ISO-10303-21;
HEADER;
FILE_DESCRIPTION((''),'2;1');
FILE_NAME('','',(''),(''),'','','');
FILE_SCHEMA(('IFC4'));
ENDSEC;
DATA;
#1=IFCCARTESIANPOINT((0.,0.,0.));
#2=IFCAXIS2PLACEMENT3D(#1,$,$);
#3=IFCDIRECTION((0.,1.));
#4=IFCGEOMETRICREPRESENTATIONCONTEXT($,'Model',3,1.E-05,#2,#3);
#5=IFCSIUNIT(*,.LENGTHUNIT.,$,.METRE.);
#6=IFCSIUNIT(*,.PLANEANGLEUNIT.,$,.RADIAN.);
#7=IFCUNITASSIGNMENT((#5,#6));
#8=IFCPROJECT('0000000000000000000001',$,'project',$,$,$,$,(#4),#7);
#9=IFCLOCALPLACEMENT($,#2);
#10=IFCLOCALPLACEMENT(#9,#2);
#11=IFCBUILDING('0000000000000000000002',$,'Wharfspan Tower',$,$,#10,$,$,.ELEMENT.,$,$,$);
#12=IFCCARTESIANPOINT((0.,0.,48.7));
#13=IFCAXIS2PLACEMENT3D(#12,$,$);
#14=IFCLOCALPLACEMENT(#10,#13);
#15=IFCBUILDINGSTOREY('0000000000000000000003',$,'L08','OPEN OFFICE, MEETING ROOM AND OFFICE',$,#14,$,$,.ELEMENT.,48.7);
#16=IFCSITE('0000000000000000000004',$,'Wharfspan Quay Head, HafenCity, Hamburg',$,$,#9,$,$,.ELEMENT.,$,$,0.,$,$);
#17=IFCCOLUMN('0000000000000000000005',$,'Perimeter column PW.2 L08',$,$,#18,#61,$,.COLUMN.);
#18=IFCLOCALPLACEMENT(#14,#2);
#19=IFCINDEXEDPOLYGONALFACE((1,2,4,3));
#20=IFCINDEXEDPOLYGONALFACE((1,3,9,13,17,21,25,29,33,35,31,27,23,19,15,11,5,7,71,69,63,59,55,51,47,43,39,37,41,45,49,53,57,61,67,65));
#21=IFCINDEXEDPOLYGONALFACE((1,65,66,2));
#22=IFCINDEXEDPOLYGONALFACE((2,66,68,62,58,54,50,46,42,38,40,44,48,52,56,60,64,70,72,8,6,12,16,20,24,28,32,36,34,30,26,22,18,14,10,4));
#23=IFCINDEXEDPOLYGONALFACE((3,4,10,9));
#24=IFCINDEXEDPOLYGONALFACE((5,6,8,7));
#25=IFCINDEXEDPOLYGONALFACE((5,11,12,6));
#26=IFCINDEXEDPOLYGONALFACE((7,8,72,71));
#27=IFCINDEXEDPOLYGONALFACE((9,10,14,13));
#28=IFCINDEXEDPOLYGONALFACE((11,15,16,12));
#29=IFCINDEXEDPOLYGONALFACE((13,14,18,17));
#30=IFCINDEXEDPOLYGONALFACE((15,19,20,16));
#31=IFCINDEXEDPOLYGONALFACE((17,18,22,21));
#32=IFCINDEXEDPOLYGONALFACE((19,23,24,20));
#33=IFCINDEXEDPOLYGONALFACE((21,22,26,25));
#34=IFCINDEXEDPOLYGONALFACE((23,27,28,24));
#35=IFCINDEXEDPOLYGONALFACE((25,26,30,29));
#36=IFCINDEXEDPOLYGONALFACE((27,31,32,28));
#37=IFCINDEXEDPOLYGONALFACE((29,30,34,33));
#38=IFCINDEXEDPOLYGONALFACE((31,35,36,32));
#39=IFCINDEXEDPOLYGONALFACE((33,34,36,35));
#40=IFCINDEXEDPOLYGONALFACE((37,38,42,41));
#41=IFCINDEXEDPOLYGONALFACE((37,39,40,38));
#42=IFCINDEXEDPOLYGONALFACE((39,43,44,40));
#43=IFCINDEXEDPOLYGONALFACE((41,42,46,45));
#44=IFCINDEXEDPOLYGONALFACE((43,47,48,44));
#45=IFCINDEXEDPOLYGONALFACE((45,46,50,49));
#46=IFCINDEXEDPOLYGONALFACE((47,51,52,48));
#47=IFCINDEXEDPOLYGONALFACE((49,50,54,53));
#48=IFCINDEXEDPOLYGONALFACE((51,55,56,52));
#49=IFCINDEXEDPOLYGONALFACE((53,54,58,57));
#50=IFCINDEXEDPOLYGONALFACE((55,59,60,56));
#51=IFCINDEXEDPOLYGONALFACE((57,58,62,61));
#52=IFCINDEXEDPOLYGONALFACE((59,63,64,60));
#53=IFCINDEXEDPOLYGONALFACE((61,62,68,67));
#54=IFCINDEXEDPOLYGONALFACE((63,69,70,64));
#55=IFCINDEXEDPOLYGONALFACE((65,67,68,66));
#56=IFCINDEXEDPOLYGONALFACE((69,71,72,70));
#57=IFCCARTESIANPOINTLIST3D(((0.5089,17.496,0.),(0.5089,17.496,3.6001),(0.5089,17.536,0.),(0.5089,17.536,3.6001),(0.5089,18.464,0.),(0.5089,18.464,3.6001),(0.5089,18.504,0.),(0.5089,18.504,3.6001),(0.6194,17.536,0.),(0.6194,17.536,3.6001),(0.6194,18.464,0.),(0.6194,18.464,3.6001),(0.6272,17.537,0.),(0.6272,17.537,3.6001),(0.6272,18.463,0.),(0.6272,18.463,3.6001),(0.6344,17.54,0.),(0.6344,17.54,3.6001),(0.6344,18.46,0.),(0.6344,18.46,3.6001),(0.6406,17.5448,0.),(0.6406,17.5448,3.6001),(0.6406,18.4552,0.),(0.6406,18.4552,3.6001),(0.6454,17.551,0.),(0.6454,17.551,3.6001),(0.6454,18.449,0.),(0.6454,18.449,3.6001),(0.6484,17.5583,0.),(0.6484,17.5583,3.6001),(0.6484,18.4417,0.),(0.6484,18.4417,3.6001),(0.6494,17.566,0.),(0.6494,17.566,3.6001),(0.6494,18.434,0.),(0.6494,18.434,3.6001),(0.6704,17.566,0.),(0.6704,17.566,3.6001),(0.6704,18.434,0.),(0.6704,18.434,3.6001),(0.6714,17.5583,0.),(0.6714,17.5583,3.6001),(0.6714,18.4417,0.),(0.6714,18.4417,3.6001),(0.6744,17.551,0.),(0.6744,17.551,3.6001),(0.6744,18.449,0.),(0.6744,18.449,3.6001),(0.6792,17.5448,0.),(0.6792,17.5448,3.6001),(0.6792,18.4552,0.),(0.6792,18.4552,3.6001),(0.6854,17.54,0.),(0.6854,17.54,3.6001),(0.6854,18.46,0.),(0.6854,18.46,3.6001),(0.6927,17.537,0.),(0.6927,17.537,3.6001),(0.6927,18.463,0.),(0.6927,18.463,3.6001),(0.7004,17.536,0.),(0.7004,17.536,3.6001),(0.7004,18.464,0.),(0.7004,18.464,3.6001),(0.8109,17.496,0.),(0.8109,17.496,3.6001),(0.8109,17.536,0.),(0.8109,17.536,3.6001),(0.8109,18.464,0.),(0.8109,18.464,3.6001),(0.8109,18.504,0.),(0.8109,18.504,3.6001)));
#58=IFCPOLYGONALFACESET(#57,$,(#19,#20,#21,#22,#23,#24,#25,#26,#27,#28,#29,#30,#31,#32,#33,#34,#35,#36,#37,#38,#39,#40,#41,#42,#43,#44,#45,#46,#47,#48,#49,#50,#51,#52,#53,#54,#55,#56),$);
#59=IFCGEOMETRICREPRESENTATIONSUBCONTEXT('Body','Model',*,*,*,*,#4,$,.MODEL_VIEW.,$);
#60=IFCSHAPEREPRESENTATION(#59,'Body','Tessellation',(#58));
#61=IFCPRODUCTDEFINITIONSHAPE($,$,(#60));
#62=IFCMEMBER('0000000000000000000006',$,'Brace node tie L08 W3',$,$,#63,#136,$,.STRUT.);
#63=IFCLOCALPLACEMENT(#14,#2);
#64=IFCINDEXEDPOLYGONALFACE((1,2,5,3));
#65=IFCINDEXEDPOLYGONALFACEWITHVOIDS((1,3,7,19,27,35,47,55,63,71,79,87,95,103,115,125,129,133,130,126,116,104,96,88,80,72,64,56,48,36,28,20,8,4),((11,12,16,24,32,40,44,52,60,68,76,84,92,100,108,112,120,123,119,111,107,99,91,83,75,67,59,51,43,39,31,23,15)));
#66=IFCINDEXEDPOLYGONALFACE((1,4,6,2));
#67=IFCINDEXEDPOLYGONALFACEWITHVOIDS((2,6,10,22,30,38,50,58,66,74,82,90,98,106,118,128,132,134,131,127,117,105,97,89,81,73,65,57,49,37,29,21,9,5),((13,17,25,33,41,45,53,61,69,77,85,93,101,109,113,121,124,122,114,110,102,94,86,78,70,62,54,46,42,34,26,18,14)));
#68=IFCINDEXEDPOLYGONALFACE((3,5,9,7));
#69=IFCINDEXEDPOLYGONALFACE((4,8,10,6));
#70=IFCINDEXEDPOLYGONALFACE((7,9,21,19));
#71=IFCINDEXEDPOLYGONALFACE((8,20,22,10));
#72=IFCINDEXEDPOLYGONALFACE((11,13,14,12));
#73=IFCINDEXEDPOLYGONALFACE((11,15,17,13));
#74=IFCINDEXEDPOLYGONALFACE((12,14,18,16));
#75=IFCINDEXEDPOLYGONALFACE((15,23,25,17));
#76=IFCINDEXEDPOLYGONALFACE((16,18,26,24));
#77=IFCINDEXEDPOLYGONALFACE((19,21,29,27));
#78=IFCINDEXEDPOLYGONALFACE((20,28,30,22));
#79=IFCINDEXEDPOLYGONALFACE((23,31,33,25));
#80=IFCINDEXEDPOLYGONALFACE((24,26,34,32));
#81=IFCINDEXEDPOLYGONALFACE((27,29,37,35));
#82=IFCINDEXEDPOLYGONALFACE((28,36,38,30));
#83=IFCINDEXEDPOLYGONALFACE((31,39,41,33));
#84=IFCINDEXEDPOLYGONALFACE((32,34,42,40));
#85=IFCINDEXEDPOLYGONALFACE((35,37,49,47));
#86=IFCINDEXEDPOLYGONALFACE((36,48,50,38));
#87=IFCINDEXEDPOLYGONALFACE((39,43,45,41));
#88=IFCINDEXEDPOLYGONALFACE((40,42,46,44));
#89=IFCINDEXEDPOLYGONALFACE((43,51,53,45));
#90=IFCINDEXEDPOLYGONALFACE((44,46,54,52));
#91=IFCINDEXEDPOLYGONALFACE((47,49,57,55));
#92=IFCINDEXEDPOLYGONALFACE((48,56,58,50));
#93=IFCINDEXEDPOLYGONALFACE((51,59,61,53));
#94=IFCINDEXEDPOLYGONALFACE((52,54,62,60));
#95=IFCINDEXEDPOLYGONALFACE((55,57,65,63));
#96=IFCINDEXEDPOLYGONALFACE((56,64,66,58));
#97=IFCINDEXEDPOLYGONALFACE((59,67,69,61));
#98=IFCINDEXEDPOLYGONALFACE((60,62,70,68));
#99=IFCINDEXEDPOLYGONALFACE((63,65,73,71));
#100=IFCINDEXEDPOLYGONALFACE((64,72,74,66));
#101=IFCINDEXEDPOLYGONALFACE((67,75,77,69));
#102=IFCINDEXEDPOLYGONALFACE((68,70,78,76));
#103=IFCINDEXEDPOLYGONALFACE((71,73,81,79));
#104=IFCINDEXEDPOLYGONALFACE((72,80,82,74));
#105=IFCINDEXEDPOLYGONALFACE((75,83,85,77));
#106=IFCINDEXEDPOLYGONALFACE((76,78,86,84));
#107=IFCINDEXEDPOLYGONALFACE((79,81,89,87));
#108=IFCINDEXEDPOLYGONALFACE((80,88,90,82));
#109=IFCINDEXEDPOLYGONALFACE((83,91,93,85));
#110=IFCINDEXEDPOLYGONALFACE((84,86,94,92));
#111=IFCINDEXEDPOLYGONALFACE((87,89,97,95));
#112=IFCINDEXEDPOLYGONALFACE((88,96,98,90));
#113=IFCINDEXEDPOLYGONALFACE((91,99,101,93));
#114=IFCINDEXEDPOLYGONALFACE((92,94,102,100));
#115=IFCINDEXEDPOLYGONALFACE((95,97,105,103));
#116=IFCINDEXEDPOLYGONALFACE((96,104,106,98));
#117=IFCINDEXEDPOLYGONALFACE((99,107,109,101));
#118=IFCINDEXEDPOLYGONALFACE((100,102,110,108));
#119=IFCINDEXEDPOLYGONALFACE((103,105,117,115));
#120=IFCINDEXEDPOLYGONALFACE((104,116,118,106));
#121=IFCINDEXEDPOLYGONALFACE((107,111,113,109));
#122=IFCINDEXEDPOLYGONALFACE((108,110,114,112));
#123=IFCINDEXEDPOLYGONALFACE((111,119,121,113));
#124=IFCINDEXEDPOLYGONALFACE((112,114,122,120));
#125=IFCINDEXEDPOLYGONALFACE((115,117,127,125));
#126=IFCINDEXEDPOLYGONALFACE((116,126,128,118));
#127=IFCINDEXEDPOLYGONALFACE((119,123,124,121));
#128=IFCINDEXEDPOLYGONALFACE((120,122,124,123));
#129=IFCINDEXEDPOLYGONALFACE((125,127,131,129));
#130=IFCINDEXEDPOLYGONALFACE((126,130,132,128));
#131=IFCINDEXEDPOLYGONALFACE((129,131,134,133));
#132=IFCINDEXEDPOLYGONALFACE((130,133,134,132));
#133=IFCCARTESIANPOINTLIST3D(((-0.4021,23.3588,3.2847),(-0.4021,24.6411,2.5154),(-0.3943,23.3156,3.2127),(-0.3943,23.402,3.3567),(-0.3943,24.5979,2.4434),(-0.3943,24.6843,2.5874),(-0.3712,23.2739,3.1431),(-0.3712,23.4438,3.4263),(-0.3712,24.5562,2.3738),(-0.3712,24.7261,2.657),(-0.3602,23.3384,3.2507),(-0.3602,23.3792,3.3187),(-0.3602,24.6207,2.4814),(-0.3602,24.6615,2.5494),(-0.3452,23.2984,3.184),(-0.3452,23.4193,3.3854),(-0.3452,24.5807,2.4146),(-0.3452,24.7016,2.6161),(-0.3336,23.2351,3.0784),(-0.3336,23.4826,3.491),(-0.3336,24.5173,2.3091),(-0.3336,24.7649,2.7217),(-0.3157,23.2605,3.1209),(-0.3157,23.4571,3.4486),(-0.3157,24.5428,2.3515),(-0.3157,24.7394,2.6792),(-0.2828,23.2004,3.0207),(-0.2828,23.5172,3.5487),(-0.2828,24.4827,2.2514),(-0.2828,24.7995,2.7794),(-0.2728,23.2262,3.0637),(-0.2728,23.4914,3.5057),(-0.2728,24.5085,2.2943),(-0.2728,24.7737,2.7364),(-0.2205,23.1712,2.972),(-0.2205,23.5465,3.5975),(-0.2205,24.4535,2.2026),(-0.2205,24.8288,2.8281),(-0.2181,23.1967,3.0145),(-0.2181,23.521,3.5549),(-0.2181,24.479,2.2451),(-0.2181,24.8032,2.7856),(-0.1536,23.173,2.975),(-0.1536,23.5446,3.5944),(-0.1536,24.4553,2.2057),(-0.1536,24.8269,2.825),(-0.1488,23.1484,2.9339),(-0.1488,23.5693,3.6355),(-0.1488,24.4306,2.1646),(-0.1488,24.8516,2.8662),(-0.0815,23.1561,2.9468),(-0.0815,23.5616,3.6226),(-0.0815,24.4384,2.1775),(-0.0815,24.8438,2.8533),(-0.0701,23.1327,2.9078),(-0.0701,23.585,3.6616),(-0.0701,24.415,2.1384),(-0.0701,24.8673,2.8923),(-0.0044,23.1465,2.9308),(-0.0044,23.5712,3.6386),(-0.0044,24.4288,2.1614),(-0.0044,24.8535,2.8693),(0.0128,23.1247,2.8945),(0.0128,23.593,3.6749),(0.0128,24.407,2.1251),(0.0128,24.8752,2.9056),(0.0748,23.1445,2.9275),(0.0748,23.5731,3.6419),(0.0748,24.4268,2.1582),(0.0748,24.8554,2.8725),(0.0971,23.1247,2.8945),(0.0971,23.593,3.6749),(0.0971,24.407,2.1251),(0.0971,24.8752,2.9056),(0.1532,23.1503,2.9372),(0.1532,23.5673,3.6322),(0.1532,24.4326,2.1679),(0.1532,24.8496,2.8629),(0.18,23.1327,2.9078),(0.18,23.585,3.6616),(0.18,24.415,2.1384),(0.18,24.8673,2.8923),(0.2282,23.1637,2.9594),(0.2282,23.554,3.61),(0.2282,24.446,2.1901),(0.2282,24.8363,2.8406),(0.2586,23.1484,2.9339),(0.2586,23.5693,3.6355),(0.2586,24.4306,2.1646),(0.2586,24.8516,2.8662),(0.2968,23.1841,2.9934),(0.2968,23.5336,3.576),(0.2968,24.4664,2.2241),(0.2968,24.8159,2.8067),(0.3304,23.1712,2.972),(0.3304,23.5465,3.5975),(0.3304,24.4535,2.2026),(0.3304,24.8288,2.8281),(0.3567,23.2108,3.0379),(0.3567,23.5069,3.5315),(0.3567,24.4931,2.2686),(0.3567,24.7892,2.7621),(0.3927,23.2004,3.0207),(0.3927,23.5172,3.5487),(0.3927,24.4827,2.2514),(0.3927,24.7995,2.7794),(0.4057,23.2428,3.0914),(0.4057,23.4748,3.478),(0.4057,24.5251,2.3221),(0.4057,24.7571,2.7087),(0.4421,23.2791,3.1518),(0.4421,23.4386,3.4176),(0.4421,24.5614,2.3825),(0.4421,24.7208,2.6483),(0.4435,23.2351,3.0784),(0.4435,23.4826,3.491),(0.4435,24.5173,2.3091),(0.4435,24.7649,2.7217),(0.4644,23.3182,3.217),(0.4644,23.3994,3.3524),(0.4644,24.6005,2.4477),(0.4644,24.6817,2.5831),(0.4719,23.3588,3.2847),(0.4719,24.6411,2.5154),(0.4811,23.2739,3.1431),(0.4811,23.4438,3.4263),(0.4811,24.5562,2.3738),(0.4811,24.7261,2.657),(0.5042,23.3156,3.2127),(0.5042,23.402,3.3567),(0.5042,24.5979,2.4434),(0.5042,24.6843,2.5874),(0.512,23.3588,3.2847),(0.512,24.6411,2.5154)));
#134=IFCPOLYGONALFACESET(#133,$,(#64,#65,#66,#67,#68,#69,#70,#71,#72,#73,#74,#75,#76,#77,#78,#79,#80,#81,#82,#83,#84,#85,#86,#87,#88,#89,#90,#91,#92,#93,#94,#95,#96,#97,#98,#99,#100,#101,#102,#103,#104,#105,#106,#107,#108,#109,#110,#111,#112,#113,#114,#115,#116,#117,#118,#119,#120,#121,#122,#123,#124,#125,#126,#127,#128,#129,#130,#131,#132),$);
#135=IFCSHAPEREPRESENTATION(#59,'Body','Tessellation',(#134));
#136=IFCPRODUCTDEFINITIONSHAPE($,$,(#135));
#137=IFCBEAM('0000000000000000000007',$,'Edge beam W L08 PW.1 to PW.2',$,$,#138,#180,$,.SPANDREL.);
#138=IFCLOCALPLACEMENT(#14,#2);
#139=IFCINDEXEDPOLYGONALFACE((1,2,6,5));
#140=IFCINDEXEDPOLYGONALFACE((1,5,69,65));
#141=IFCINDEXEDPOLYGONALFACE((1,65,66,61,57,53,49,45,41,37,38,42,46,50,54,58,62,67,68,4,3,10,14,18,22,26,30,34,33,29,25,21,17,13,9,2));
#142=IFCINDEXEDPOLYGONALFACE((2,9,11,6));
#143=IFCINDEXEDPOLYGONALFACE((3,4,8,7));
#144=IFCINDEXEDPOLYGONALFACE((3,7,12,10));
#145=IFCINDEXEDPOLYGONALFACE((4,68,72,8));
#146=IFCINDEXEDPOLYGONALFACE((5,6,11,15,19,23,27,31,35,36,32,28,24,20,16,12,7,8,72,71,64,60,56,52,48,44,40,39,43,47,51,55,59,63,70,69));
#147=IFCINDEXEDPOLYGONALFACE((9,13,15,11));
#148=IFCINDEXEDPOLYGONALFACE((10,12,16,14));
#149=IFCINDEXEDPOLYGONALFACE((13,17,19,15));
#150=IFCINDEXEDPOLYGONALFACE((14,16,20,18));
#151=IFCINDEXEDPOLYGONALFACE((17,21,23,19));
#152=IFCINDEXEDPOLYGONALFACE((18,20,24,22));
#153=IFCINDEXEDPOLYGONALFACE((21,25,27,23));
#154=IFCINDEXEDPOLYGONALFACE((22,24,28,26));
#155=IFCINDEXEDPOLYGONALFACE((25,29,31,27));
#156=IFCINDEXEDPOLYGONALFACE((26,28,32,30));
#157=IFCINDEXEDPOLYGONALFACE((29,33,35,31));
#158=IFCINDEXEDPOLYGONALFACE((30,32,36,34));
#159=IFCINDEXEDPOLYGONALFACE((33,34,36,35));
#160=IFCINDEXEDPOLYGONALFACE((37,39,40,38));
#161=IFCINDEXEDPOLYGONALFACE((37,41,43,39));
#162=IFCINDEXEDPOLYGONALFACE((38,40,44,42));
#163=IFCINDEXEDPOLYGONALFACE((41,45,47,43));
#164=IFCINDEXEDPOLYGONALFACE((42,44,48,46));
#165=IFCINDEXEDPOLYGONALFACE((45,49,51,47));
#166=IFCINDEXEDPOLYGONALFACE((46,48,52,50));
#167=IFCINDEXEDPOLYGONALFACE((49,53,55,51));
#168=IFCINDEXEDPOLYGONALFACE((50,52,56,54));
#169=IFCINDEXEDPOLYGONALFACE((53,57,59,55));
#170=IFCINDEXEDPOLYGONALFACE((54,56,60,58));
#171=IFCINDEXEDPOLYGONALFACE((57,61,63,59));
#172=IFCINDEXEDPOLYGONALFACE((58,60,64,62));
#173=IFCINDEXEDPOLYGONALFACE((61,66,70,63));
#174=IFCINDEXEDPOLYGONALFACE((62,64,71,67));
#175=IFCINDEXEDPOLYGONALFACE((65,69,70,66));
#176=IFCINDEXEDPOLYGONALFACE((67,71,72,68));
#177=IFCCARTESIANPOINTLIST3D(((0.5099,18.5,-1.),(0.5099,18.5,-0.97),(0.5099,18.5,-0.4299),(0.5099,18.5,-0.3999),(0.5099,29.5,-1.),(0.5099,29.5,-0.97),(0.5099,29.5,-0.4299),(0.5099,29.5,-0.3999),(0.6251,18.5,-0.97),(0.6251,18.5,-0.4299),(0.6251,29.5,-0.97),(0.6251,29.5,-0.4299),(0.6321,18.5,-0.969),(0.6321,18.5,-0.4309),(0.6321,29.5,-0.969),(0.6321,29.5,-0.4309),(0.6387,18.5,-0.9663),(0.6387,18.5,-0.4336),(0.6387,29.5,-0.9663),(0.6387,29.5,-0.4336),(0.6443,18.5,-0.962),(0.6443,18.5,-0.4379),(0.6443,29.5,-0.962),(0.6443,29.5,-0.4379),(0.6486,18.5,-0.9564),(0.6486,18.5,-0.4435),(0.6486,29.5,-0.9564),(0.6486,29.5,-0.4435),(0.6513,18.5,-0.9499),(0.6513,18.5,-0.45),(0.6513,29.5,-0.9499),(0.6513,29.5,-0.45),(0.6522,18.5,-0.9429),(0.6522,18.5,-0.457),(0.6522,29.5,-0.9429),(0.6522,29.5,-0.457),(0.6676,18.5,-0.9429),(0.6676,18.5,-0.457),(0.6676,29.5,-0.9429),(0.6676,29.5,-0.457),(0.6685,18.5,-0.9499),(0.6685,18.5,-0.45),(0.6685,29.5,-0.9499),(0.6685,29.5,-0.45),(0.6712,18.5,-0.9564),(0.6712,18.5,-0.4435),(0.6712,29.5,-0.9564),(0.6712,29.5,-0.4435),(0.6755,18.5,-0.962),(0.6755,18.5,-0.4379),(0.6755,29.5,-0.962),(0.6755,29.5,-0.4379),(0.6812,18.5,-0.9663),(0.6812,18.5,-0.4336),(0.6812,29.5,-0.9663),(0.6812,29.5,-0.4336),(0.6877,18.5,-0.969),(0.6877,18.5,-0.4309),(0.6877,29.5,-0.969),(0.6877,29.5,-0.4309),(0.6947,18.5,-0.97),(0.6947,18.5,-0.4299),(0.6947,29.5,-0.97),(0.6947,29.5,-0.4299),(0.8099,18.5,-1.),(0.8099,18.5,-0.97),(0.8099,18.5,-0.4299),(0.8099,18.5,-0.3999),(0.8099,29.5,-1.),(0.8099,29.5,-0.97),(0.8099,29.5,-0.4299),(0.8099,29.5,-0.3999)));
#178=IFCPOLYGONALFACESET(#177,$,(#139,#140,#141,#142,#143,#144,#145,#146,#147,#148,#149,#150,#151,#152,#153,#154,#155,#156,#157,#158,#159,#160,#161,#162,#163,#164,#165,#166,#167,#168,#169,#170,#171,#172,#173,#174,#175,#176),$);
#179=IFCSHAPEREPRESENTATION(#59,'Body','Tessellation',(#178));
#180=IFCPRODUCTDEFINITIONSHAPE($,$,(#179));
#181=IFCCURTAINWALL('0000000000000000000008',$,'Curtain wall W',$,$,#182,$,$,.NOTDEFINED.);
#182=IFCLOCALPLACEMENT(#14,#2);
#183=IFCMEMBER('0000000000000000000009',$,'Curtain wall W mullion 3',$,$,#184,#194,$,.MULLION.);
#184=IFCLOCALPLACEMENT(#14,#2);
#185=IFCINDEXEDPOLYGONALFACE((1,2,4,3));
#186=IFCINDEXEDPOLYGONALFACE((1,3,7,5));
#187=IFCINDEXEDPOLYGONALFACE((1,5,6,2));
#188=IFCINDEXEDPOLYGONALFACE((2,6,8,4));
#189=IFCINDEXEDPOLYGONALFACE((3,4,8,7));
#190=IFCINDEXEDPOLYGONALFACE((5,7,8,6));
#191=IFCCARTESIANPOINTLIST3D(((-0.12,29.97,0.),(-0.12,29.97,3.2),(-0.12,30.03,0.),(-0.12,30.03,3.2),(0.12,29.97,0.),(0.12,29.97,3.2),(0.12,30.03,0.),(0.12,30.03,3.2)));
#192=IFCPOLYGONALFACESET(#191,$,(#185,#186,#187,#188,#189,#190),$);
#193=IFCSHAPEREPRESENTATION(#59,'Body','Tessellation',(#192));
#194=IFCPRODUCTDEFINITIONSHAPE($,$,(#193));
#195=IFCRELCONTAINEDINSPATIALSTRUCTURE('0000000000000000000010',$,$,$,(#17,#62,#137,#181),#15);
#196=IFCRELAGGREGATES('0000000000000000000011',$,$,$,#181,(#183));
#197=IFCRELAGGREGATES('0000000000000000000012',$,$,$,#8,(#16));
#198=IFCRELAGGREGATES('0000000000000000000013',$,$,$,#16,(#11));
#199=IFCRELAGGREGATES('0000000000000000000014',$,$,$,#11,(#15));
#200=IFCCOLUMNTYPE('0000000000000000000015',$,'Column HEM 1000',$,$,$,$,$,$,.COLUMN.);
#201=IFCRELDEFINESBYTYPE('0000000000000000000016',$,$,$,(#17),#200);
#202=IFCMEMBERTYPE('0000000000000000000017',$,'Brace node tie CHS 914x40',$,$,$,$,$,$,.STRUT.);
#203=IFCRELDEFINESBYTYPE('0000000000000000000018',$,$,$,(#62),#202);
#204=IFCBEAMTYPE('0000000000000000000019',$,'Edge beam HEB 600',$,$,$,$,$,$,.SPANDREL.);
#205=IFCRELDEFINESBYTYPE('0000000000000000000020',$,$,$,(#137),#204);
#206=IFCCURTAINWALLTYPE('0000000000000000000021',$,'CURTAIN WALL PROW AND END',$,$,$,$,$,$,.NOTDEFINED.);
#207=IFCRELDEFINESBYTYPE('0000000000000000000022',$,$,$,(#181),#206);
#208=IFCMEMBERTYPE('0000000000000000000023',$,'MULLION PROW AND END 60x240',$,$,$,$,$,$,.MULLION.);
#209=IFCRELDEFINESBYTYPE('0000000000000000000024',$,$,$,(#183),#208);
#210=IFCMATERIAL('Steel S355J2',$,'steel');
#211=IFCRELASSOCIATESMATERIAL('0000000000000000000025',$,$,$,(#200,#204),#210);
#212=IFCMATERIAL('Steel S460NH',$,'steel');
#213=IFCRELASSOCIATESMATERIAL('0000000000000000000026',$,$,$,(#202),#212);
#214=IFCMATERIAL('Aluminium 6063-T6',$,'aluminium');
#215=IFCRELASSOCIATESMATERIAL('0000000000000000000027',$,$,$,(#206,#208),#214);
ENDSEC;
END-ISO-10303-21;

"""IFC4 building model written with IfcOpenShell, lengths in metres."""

from ifc_helpers import new_model, si_unit, direction, frame, origin, origin_2d, place, context, subcontext, project, spatial, rectangle, hollow_circle, i_section, extrude, material, material_profile, profile_set, type_object, element, aggregate, save


model = new_model("IFC4")

# Units and contexts
model_context = context("Model", 3, precision=1e-05, world=origin(), true_north=direction((0.0, 1.0)))
body_context = subcontext(model_context, "Body", "Model", "MODEL_VIEW")
ifc_project = project(units=[si_unit("LENGTHUNIT", "METRE"), si_unit("PLANEANGLEUNIT", "RADIAN")], contexts=[model_context])

# Site, building, storey
site_placement = place(None, origin())
site = spatial("IfcSite", under=ifc_project, at=site_placement, Name="Wharfspan Quay Head, HafenCity, Hamburg", CompositionType="ELEMENT", RefElevation=0.0)
building_placement = place(site_placement, origin())
building = spatial("IfcBuilding", under=site, at=building_placement, Name="Wharfspan Tower", CompositionType="ELEMENT")
storey_placement = place(building_placement, frame((0.0, 0.0, 48.7)))
storey = spatial("IfcBuildingStorey", under=building, at=storey_placement, Name="L08", Description="OPEN OFFICE, MEETING ROOM AND OFFICE", CompositionType="ELEMENT", Elevation=48.7)

# Column
ifc_material_1 = material(Name="Steel S355J2", Category="steel")
ifc_material_profile_1 = material_profile(ifc_material_1, i_section(OverallWidth=0.302, OverallDepth=1.0081, WebThickness=0.021, FlangeThickness=0.04, FilletRadius=0.03, at=origin_2d()))
ifc_profile_set_1 = profile_set([ifc_material_profile_1], Name="Steel S355J2")
column_type = type_object("IfcColumnType", Name="Column HEM 1000", PredefinedType="COLUMN", material=ifc_profile_set_1)
column_placement = place(storey_placement, frame((0.6599, 18.0, 0.0), z_axis=(0.0, 0.0, 1.0), x_axis=(-1.0, 0.0, 0.0)))
element("IfcColumn", 1, at=column_placement, inside=storey, type_object=column_type, Name="Perimeter column PW.2 L08", PredefinedType="COLUMN", context=body_context, shape_type="SweptSolid", body=[
    extrude(i_section(OverallWidth=0.302, OverallDepth=1.0081, WebThickness=0.021, FlangeThickness=0.04, FilletRadius=0.03, at=origin_2d()), origin(), (0.0, 0.0, 1.0), 3.6001),
])

# Member
ifc_material_2 = material(Name="Steel S460NH", Category="steel")
ifc_material_profile_2 = material_profile(ifc_material_2, hollow_circle(Radius=0.457, WallThickness=0.04, at=origin_2d()))
ifc_profile_set_2 = profile_set([ifc_material_profile_2], Name="Steel S460NH")
member_type_1 = type_object("IfcMemberType", Name="Brace node tie CHS 914x40", PredefinedType="STRUT", material=ifc_profile_set_2)
member_1_placement = place(storey_placement, frame((0.0549, 24.6411, 2.5154), z_axis=(0.0, -0.857507, 0.514472), x_axis=(1.0, 0.0, 0.0)))
element("IfcMember", 2, at=member_1_placement, inside=storey, type_object=member_type_1, Name="Brace node tie L08 W3", PredefinedType="STRUT", context=body_context, shape_type="SweptSolid", body=[
    extrude(hollow_circle(Radius=0.457, WallThickness=0.04, at=origin_2d()), origin(), (0.0, 0.0, 1.0), 1.4954),
])

# Beam
ifc_material_profile_3 = material_profile(ifc_material_1, i_section(OverallWidth=0.3, OverallDepth=0.6001, WebThickness=0.0154, FlangeThickness=0.03, FilletRadius=0.0271, at=origin_2d()))
ifc_profile_set_3 = profile_set([ifc_material_profile_3], Name="Steel S355J2")
beam_type = type_object("IfcBeamType", Name="Edge beam HEB 600", PredefinedType="SPANDREL", material=ifc_profile_set_3)
beam_placement = place(storey_placement, frame((0.6599, 29.5, -0.7), z_axis=(0.0, -1.0, 0.0), x_axis=(1.0, 0.0, 0.0)))
element("IfcBeam", 3, at=beam_placement, inside=storey, type_object=beam_type, Name="Edge beam W L08 PW.1 to PW.2", PredefinedType="SPANDREL", context=body_context, shape_type="SweptSolid", body=[
    extrude(i_section(OverallWidth=0.3, OverallDepth=0.6001, WebThickness=0.0154, FlangeThickness=0.03, FilletRadius=0.0271, at=origin_2d()), origin(), (0.0, 0.0, 1.0), 11.0),
])

# Curtain wall, member
ifc_material_3 = material(Name="Aluminium 6063-T6", Category="aluminium")
curtain_wall_type = type_object("IfcCurtainWallType", Name="CURTAIN WALL PROW AND END", PredefinedType="NOTDEFINED", material=ifc_material_3)
curtain_wall_placement = place(storey_placement, origin())
curtain_wall = element("IfcCurtainWall", 4, at=curtain_wall_placement, inside=storey, type_object=curtain_wall_type, Name="Curtain wall W", PredefinedType="NOTDEFINED")
ifc_material_profile_4 = material_profile(ifc_material_3, rectangle(XDim=0.24, YDim=0.0601, at=origin_2d()))
ifc_profile_set_4 = profile_set([ifc_material_profile_4], Name="Aluminium 6063-T6")
member_type_2 = type_object("IfcMemberType", Name="MULLION PROW AND END 60x240", PredefinedType="MULLION", material=ifc_profile_set_4)
member_2_placement = place(storey_placement, frame((0.0, 30.0, 0.0), z_axis=(0.0, 0.0, 1.0), x_axis=(1.0, 0.0, 0.0)))
member_2 = element("IfcMember", 5, at=member_2_placement, type_object=member_type_2, Name="Curtain wall W mullion 3", PredefinedType="MULLION", context=body_context, shape_type="SweptSolid", body=[
    extrude(rectangle(XDim=0.24, YDim=0.0601, at=origin_2d()), origin(), (0.0, 0.0, 1.0), 3.2),
])

aggregate(curtain_wall, [member_2])

save(model, "model.ifc")
